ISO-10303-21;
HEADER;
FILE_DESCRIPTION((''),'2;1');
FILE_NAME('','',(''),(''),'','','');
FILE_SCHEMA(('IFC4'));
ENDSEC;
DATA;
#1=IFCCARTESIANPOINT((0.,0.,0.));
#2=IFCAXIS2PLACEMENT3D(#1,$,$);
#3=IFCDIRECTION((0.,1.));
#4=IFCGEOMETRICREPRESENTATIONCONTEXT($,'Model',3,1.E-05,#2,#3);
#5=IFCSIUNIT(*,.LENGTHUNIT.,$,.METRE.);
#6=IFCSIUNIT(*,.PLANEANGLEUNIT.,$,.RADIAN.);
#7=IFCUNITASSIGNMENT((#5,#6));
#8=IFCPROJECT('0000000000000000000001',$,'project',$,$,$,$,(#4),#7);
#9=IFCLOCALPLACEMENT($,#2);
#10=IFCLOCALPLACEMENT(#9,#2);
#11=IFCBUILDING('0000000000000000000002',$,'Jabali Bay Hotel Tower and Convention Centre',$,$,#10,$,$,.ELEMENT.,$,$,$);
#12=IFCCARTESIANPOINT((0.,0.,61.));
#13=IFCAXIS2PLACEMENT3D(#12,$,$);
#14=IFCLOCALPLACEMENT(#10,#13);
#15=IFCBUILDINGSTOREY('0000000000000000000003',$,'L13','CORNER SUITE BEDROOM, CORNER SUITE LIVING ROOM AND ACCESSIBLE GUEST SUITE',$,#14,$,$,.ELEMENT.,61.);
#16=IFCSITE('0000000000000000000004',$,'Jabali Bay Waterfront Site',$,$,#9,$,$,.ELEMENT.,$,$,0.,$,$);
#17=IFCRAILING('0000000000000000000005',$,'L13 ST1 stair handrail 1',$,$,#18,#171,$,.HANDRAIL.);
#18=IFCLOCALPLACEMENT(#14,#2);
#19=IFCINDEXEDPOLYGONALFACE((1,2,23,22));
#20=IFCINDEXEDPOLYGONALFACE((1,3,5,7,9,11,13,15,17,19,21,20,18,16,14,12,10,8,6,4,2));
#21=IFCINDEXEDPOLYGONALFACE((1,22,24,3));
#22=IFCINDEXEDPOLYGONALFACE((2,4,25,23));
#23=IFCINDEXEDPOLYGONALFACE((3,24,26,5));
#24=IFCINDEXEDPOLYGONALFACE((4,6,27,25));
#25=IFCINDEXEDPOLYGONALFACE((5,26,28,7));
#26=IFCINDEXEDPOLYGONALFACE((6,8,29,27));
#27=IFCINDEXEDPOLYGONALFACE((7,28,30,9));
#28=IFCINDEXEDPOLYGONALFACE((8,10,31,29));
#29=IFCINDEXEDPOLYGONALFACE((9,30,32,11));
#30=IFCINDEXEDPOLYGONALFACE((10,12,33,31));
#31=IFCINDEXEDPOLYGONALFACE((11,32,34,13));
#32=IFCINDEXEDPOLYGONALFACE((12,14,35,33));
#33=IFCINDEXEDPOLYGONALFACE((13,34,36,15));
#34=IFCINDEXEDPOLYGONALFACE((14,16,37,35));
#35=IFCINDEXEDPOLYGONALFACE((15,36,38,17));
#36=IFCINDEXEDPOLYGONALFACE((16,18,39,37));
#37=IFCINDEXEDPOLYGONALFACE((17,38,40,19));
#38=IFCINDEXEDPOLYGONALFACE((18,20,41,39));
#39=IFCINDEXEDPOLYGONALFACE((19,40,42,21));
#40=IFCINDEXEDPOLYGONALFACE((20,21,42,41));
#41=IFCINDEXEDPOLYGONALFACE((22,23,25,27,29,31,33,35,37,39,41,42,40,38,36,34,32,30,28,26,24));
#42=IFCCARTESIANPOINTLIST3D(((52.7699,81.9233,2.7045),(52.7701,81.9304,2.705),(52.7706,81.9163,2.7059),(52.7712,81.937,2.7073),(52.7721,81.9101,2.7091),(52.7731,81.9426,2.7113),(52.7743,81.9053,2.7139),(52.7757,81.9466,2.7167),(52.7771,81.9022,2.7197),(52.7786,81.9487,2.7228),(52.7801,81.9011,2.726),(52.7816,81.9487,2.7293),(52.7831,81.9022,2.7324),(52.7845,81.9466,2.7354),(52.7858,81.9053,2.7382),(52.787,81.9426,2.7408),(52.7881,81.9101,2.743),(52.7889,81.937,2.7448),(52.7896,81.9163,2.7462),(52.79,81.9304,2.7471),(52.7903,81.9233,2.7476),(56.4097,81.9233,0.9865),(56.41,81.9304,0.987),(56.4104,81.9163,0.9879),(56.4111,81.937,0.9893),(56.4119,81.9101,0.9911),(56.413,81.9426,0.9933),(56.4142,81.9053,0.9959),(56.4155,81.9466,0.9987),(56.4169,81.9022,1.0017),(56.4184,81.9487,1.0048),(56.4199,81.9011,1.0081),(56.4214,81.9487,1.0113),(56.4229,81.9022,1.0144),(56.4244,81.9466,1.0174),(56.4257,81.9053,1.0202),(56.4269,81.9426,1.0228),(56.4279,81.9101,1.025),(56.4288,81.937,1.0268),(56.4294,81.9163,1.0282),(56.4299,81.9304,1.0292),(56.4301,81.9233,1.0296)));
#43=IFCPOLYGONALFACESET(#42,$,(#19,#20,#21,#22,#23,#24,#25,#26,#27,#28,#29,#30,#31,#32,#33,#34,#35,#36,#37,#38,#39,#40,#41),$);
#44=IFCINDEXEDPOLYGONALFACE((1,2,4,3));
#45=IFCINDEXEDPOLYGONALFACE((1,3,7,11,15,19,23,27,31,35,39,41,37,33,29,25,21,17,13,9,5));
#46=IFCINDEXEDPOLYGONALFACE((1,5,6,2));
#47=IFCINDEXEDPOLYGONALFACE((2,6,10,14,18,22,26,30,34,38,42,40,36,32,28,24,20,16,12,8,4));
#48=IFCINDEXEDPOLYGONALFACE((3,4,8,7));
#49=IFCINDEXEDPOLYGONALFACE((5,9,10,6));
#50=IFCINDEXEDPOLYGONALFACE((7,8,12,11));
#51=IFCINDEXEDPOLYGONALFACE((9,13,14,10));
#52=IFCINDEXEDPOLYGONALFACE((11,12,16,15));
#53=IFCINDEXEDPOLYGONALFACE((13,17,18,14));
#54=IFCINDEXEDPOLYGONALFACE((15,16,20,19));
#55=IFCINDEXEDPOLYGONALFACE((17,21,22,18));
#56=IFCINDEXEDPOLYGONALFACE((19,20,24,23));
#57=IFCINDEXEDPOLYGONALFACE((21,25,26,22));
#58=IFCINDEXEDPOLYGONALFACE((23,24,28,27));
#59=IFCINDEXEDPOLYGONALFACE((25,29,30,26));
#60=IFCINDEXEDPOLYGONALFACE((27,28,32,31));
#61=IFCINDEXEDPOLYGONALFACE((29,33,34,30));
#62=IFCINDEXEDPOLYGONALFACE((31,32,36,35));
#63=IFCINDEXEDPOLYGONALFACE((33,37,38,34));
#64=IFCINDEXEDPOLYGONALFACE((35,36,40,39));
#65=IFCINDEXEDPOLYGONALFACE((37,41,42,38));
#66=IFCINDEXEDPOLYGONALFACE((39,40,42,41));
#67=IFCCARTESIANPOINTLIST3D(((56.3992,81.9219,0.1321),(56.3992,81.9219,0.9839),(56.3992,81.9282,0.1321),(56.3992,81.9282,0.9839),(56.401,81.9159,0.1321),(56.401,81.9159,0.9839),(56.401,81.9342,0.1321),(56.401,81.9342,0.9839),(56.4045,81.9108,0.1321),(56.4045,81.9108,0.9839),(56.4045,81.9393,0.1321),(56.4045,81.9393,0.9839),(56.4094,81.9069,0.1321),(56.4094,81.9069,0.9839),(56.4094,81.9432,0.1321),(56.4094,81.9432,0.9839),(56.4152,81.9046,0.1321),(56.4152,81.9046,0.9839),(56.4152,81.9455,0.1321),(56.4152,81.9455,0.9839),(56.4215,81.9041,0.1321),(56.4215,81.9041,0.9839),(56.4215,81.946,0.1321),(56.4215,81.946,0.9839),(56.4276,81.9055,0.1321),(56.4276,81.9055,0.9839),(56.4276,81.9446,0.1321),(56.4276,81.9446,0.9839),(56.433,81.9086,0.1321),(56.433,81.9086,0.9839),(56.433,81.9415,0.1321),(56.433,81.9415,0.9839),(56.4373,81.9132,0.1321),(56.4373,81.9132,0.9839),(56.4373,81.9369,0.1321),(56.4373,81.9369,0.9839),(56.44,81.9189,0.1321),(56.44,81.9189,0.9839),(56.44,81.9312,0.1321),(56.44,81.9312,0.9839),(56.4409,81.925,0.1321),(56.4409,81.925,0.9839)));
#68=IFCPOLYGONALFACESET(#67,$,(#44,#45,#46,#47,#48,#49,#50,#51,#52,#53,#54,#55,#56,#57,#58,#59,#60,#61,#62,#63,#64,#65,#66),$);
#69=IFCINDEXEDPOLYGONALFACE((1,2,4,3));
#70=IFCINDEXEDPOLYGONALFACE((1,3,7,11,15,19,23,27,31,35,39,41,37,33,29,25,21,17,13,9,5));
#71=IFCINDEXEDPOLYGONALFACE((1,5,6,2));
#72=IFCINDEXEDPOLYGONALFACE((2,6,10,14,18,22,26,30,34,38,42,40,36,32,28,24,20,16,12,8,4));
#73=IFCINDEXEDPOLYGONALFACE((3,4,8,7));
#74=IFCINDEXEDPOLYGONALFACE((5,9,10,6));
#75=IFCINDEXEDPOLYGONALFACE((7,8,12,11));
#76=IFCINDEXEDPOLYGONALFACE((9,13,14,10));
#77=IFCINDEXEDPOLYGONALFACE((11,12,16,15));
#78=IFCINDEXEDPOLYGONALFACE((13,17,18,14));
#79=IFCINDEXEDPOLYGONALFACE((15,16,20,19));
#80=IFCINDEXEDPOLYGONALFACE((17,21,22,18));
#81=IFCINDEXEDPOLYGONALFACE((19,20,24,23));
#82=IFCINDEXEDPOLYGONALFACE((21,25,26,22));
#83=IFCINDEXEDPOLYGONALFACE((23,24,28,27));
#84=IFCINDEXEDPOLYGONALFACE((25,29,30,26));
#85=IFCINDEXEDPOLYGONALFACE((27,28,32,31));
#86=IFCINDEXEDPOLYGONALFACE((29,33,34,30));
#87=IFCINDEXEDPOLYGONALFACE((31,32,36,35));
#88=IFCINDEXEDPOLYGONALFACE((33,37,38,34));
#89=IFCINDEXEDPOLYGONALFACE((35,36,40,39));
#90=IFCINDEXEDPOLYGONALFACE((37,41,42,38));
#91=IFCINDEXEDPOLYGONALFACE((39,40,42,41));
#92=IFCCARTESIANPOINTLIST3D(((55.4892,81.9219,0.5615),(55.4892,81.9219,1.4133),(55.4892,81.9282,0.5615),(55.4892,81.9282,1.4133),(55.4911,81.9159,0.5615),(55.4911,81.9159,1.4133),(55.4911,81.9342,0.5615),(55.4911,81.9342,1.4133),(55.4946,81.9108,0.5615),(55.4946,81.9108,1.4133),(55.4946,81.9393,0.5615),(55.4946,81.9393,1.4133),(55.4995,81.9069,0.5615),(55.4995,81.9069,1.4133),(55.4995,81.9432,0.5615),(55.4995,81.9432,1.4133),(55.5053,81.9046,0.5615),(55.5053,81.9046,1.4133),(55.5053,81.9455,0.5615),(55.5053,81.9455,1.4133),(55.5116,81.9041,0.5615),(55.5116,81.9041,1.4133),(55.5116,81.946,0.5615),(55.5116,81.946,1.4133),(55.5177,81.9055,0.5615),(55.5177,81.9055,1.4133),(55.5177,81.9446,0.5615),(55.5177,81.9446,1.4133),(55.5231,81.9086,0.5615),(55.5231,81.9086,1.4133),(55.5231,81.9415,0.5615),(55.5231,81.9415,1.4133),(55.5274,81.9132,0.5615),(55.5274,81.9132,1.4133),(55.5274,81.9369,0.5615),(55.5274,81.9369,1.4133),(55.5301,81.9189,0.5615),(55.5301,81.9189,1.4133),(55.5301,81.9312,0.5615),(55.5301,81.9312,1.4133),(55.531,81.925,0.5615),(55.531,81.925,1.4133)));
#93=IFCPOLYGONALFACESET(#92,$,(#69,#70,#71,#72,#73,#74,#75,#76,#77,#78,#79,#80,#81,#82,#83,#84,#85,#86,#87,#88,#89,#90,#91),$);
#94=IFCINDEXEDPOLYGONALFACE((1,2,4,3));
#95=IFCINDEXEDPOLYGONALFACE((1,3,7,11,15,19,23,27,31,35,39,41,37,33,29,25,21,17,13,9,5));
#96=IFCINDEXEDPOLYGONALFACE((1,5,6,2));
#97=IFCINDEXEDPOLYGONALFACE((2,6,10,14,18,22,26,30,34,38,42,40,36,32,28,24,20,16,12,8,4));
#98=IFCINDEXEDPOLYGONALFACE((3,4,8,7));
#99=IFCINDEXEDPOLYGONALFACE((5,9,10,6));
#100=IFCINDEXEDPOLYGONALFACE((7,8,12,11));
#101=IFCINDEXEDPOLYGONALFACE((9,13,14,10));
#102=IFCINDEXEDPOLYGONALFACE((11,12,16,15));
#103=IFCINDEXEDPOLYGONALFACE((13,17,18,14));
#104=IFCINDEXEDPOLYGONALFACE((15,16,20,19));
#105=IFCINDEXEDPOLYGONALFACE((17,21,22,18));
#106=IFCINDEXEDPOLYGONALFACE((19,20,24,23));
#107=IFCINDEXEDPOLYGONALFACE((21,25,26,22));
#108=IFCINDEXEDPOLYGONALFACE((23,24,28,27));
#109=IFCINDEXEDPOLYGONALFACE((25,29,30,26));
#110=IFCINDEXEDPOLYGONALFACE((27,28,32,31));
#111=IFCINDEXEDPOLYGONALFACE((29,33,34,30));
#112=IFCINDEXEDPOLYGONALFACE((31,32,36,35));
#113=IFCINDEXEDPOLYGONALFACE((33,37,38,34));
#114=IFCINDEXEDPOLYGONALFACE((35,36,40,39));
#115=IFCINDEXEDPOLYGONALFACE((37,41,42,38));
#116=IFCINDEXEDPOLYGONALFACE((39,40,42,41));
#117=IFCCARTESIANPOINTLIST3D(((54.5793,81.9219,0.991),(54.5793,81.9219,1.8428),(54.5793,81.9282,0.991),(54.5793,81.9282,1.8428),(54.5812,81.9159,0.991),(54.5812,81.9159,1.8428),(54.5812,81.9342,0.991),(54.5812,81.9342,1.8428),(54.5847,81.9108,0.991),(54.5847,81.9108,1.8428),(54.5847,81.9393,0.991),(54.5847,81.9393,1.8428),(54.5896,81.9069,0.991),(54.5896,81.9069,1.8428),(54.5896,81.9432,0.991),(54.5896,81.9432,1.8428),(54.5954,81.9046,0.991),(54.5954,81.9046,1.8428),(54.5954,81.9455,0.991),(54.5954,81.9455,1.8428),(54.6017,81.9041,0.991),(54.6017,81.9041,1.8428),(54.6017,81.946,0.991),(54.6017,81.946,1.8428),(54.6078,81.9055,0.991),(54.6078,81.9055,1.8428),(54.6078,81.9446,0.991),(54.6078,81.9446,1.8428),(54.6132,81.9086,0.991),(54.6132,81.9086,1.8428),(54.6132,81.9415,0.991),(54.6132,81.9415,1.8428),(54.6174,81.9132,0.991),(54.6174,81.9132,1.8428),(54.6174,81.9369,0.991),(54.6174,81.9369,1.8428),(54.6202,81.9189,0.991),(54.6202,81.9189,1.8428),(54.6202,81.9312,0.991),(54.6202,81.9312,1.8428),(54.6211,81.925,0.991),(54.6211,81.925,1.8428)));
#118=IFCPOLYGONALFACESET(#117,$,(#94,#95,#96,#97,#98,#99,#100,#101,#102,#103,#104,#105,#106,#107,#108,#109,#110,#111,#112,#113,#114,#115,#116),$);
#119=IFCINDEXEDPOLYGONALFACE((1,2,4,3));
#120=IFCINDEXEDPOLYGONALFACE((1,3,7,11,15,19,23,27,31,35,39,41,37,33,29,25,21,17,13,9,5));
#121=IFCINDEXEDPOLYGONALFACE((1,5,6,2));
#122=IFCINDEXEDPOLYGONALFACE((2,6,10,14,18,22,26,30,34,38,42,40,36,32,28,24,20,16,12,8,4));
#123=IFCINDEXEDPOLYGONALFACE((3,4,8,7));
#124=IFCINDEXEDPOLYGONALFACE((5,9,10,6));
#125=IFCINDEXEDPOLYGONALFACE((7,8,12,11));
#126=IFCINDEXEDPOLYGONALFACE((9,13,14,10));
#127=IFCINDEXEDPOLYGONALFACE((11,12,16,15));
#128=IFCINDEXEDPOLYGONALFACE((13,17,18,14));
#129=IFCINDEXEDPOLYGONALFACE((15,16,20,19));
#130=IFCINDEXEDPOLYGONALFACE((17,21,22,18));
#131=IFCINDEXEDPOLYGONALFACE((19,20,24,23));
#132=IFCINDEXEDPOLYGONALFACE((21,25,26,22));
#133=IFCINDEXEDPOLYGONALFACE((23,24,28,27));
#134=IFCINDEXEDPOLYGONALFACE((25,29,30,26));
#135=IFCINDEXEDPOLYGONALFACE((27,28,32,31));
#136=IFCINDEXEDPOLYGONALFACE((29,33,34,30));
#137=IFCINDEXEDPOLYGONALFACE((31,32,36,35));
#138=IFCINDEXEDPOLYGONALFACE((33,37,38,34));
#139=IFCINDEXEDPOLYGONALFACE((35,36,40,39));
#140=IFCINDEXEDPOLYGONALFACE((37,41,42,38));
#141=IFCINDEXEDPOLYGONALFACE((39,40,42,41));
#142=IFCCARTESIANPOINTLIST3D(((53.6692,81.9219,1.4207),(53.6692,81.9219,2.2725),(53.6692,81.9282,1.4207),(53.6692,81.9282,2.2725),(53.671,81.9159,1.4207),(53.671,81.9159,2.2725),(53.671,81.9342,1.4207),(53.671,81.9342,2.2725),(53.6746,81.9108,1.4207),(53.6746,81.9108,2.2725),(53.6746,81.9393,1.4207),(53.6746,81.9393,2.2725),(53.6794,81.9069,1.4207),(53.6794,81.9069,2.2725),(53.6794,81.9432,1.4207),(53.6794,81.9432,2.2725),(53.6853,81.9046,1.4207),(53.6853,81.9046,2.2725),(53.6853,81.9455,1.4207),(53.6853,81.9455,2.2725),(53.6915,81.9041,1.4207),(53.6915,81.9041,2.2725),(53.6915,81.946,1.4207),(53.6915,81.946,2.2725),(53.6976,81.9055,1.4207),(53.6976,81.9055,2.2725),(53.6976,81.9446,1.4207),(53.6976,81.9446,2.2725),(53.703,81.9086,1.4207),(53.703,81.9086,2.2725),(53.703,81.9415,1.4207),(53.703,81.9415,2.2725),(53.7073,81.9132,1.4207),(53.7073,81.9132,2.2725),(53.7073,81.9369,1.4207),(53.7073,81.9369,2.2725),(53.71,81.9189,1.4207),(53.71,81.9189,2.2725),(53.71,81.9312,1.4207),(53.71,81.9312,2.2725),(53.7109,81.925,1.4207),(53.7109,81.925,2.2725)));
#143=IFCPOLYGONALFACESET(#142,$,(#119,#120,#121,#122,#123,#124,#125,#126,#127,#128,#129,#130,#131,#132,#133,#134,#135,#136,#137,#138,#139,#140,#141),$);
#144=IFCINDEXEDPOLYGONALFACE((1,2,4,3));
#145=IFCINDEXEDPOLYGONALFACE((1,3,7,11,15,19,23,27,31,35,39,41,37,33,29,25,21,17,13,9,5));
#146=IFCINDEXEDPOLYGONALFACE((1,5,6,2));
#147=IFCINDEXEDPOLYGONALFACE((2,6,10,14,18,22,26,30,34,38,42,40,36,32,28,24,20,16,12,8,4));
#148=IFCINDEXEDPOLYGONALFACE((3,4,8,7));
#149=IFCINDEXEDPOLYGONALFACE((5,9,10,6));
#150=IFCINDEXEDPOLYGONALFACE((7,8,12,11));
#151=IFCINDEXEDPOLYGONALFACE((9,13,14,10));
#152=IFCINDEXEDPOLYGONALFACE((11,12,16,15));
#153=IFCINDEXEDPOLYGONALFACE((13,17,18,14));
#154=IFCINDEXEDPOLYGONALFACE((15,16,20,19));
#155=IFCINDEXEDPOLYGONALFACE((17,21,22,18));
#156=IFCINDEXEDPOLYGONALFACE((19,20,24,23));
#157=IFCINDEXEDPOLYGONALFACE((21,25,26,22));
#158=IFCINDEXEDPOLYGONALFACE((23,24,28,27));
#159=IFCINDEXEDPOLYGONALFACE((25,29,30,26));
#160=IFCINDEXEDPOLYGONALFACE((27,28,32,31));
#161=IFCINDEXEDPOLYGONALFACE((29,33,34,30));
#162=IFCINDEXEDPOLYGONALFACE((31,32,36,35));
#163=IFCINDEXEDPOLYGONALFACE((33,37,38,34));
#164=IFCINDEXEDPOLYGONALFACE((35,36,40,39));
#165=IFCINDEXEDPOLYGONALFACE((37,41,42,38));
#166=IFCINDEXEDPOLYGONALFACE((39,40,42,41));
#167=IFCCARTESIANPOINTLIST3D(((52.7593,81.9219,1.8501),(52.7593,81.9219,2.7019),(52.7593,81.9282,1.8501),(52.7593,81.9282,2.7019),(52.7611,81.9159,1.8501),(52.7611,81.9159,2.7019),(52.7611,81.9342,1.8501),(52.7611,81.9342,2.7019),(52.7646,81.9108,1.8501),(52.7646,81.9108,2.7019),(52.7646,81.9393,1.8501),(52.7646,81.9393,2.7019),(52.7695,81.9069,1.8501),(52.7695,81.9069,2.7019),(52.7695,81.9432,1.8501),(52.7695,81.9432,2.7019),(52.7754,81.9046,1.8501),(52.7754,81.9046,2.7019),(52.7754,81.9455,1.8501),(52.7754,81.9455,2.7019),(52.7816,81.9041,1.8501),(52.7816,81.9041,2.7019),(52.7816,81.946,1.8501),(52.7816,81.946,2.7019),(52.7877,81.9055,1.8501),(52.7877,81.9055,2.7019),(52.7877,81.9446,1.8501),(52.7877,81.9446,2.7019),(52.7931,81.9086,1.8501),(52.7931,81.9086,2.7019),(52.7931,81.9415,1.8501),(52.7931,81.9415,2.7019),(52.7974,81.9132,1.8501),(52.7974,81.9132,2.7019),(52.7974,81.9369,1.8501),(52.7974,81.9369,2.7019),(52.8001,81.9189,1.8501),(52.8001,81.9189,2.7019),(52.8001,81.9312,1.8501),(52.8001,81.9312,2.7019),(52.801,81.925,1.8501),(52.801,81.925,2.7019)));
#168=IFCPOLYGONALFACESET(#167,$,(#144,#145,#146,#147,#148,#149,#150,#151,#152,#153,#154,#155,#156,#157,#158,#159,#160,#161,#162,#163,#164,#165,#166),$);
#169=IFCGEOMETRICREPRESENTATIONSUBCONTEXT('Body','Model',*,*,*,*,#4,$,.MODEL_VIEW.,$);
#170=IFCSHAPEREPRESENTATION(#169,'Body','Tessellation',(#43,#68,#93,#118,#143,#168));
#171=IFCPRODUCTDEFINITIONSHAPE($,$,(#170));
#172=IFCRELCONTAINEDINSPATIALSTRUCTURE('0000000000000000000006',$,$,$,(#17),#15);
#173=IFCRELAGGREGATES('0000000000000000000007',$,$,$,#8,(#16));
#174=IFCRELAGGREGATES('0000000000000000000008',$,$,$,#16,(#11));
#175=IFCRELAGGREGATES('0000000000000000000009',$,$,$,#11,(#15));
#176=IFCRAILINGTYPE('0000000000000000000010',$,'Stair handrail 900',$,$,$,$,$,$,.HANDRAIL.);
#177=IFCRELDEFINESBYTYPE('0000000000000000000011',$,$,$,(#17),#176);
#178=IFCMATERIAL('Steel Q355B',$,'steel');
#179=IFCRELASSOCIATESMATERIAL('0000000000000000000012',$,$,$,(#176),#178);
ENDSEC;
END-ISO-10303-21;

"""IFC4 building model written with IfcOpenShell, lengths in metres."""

from ifc_helpers import new_model, si_unit, direction, frame, origin, origin_2d, place, context, subcontext, project, spatial, circle, extrude, material, type_object, element, save


model = new_model("IFC4")

# Units and contexts
model_context = context("Model", 3, precision=1e-05, world=origin(), true_north=direction((0.0, 1.0)))
body_context = subcontext(model_context, "Body", "Model", "MODEL_VIEW")
ifc_project = project(units=[si_unit("LENGTHUNIT", "METRE"), si_unit("PLANEANGLEUNIT", "RADIAN")], contexts=[model_context])

# Site, building, storey
site_placement = place(None, origin())
site = spatial("IfcSite", under=ifc_project, at=site_placement, Name="Jabali Bay Waterfront Site", CompositionType="ELEMENT", RefElevation=0.0)
building_placement = place(site_placement, origin())
building = spatial("IfcBuilding", under=site, at=building_placement, Name="Jabali Bay Hotel Tower and Convention Centre", CompositionType="ELEMENT")
storey_placement = place(building_placement, frame((0.0, 0.0, 61.0)))
storey = spatial("IfcBuildingStorey", under=building, at=storey_placement, Name="L13", Description="CORNER SUITE BEDROOM, CORNER SUITE LIVING ROOM AND ACCESSIBLE GUEST SUITE", CompositionType="ELEMENT", Elevation=61.0)

# Railing
ifc_material_1 = material(Name="Steel Q355B", Category="steel")
railing_type_1 = type_object("IfcRailingType", Name="Stair handrail 900", PredefinedType="HANDRAIL", material=ifc_material_1)
railing_1_placement = place(storey_placement, frame((56.4199, 81.925, 0.1321)))
element("IfcRailing", 1, at=railing_1_placement, inside=storey, type_object=railing_type_1, Name="L13 ST1 stair handrail 1", PredefinedType="HANDRAIL", context=body_context, shape_type="SweptSolid", body=[
    extrude(circle(Radius=0.0239, at=origin_2d()), frame((0.0, 0.0, 0.876), z_axis=(-0.904327, 0.0, 0.42684), x_axis=(0.0, -1.0, 0.0)), (0.0, 0.0, 1.0), 4.0249),
    extrude(circle(Radius=0.021, at=origin_2d()), origin(), (0.0, 0.0, 1.0), 0.8518),
    extrude(circle(Radius=0.021, at=origin_2d()), frame((-0.9099, 0.0, 0.4294)), (0.0, 0.0, 1.0), 0.8518),
    extrude(circle(Radius=0.021, at=origin_2d()), frame((-1.8198, 0.0, 0.8589)), (0.0, 0.0, 1.0), 0.8518),
    extrude(circle(Radius=0.021, at=origin_2d()), frame((-2.73, 0.0, 1.2886)), (0.0, 0.0, 1.0), 0.8518),
    extrude(circle(Radius=0.021, at=origin_2d()), frame((-3.6399, 0.0, 1.718)), (0.0, 0.0, 1.0), 0.8518),
])

save(model, "model.ifc")
